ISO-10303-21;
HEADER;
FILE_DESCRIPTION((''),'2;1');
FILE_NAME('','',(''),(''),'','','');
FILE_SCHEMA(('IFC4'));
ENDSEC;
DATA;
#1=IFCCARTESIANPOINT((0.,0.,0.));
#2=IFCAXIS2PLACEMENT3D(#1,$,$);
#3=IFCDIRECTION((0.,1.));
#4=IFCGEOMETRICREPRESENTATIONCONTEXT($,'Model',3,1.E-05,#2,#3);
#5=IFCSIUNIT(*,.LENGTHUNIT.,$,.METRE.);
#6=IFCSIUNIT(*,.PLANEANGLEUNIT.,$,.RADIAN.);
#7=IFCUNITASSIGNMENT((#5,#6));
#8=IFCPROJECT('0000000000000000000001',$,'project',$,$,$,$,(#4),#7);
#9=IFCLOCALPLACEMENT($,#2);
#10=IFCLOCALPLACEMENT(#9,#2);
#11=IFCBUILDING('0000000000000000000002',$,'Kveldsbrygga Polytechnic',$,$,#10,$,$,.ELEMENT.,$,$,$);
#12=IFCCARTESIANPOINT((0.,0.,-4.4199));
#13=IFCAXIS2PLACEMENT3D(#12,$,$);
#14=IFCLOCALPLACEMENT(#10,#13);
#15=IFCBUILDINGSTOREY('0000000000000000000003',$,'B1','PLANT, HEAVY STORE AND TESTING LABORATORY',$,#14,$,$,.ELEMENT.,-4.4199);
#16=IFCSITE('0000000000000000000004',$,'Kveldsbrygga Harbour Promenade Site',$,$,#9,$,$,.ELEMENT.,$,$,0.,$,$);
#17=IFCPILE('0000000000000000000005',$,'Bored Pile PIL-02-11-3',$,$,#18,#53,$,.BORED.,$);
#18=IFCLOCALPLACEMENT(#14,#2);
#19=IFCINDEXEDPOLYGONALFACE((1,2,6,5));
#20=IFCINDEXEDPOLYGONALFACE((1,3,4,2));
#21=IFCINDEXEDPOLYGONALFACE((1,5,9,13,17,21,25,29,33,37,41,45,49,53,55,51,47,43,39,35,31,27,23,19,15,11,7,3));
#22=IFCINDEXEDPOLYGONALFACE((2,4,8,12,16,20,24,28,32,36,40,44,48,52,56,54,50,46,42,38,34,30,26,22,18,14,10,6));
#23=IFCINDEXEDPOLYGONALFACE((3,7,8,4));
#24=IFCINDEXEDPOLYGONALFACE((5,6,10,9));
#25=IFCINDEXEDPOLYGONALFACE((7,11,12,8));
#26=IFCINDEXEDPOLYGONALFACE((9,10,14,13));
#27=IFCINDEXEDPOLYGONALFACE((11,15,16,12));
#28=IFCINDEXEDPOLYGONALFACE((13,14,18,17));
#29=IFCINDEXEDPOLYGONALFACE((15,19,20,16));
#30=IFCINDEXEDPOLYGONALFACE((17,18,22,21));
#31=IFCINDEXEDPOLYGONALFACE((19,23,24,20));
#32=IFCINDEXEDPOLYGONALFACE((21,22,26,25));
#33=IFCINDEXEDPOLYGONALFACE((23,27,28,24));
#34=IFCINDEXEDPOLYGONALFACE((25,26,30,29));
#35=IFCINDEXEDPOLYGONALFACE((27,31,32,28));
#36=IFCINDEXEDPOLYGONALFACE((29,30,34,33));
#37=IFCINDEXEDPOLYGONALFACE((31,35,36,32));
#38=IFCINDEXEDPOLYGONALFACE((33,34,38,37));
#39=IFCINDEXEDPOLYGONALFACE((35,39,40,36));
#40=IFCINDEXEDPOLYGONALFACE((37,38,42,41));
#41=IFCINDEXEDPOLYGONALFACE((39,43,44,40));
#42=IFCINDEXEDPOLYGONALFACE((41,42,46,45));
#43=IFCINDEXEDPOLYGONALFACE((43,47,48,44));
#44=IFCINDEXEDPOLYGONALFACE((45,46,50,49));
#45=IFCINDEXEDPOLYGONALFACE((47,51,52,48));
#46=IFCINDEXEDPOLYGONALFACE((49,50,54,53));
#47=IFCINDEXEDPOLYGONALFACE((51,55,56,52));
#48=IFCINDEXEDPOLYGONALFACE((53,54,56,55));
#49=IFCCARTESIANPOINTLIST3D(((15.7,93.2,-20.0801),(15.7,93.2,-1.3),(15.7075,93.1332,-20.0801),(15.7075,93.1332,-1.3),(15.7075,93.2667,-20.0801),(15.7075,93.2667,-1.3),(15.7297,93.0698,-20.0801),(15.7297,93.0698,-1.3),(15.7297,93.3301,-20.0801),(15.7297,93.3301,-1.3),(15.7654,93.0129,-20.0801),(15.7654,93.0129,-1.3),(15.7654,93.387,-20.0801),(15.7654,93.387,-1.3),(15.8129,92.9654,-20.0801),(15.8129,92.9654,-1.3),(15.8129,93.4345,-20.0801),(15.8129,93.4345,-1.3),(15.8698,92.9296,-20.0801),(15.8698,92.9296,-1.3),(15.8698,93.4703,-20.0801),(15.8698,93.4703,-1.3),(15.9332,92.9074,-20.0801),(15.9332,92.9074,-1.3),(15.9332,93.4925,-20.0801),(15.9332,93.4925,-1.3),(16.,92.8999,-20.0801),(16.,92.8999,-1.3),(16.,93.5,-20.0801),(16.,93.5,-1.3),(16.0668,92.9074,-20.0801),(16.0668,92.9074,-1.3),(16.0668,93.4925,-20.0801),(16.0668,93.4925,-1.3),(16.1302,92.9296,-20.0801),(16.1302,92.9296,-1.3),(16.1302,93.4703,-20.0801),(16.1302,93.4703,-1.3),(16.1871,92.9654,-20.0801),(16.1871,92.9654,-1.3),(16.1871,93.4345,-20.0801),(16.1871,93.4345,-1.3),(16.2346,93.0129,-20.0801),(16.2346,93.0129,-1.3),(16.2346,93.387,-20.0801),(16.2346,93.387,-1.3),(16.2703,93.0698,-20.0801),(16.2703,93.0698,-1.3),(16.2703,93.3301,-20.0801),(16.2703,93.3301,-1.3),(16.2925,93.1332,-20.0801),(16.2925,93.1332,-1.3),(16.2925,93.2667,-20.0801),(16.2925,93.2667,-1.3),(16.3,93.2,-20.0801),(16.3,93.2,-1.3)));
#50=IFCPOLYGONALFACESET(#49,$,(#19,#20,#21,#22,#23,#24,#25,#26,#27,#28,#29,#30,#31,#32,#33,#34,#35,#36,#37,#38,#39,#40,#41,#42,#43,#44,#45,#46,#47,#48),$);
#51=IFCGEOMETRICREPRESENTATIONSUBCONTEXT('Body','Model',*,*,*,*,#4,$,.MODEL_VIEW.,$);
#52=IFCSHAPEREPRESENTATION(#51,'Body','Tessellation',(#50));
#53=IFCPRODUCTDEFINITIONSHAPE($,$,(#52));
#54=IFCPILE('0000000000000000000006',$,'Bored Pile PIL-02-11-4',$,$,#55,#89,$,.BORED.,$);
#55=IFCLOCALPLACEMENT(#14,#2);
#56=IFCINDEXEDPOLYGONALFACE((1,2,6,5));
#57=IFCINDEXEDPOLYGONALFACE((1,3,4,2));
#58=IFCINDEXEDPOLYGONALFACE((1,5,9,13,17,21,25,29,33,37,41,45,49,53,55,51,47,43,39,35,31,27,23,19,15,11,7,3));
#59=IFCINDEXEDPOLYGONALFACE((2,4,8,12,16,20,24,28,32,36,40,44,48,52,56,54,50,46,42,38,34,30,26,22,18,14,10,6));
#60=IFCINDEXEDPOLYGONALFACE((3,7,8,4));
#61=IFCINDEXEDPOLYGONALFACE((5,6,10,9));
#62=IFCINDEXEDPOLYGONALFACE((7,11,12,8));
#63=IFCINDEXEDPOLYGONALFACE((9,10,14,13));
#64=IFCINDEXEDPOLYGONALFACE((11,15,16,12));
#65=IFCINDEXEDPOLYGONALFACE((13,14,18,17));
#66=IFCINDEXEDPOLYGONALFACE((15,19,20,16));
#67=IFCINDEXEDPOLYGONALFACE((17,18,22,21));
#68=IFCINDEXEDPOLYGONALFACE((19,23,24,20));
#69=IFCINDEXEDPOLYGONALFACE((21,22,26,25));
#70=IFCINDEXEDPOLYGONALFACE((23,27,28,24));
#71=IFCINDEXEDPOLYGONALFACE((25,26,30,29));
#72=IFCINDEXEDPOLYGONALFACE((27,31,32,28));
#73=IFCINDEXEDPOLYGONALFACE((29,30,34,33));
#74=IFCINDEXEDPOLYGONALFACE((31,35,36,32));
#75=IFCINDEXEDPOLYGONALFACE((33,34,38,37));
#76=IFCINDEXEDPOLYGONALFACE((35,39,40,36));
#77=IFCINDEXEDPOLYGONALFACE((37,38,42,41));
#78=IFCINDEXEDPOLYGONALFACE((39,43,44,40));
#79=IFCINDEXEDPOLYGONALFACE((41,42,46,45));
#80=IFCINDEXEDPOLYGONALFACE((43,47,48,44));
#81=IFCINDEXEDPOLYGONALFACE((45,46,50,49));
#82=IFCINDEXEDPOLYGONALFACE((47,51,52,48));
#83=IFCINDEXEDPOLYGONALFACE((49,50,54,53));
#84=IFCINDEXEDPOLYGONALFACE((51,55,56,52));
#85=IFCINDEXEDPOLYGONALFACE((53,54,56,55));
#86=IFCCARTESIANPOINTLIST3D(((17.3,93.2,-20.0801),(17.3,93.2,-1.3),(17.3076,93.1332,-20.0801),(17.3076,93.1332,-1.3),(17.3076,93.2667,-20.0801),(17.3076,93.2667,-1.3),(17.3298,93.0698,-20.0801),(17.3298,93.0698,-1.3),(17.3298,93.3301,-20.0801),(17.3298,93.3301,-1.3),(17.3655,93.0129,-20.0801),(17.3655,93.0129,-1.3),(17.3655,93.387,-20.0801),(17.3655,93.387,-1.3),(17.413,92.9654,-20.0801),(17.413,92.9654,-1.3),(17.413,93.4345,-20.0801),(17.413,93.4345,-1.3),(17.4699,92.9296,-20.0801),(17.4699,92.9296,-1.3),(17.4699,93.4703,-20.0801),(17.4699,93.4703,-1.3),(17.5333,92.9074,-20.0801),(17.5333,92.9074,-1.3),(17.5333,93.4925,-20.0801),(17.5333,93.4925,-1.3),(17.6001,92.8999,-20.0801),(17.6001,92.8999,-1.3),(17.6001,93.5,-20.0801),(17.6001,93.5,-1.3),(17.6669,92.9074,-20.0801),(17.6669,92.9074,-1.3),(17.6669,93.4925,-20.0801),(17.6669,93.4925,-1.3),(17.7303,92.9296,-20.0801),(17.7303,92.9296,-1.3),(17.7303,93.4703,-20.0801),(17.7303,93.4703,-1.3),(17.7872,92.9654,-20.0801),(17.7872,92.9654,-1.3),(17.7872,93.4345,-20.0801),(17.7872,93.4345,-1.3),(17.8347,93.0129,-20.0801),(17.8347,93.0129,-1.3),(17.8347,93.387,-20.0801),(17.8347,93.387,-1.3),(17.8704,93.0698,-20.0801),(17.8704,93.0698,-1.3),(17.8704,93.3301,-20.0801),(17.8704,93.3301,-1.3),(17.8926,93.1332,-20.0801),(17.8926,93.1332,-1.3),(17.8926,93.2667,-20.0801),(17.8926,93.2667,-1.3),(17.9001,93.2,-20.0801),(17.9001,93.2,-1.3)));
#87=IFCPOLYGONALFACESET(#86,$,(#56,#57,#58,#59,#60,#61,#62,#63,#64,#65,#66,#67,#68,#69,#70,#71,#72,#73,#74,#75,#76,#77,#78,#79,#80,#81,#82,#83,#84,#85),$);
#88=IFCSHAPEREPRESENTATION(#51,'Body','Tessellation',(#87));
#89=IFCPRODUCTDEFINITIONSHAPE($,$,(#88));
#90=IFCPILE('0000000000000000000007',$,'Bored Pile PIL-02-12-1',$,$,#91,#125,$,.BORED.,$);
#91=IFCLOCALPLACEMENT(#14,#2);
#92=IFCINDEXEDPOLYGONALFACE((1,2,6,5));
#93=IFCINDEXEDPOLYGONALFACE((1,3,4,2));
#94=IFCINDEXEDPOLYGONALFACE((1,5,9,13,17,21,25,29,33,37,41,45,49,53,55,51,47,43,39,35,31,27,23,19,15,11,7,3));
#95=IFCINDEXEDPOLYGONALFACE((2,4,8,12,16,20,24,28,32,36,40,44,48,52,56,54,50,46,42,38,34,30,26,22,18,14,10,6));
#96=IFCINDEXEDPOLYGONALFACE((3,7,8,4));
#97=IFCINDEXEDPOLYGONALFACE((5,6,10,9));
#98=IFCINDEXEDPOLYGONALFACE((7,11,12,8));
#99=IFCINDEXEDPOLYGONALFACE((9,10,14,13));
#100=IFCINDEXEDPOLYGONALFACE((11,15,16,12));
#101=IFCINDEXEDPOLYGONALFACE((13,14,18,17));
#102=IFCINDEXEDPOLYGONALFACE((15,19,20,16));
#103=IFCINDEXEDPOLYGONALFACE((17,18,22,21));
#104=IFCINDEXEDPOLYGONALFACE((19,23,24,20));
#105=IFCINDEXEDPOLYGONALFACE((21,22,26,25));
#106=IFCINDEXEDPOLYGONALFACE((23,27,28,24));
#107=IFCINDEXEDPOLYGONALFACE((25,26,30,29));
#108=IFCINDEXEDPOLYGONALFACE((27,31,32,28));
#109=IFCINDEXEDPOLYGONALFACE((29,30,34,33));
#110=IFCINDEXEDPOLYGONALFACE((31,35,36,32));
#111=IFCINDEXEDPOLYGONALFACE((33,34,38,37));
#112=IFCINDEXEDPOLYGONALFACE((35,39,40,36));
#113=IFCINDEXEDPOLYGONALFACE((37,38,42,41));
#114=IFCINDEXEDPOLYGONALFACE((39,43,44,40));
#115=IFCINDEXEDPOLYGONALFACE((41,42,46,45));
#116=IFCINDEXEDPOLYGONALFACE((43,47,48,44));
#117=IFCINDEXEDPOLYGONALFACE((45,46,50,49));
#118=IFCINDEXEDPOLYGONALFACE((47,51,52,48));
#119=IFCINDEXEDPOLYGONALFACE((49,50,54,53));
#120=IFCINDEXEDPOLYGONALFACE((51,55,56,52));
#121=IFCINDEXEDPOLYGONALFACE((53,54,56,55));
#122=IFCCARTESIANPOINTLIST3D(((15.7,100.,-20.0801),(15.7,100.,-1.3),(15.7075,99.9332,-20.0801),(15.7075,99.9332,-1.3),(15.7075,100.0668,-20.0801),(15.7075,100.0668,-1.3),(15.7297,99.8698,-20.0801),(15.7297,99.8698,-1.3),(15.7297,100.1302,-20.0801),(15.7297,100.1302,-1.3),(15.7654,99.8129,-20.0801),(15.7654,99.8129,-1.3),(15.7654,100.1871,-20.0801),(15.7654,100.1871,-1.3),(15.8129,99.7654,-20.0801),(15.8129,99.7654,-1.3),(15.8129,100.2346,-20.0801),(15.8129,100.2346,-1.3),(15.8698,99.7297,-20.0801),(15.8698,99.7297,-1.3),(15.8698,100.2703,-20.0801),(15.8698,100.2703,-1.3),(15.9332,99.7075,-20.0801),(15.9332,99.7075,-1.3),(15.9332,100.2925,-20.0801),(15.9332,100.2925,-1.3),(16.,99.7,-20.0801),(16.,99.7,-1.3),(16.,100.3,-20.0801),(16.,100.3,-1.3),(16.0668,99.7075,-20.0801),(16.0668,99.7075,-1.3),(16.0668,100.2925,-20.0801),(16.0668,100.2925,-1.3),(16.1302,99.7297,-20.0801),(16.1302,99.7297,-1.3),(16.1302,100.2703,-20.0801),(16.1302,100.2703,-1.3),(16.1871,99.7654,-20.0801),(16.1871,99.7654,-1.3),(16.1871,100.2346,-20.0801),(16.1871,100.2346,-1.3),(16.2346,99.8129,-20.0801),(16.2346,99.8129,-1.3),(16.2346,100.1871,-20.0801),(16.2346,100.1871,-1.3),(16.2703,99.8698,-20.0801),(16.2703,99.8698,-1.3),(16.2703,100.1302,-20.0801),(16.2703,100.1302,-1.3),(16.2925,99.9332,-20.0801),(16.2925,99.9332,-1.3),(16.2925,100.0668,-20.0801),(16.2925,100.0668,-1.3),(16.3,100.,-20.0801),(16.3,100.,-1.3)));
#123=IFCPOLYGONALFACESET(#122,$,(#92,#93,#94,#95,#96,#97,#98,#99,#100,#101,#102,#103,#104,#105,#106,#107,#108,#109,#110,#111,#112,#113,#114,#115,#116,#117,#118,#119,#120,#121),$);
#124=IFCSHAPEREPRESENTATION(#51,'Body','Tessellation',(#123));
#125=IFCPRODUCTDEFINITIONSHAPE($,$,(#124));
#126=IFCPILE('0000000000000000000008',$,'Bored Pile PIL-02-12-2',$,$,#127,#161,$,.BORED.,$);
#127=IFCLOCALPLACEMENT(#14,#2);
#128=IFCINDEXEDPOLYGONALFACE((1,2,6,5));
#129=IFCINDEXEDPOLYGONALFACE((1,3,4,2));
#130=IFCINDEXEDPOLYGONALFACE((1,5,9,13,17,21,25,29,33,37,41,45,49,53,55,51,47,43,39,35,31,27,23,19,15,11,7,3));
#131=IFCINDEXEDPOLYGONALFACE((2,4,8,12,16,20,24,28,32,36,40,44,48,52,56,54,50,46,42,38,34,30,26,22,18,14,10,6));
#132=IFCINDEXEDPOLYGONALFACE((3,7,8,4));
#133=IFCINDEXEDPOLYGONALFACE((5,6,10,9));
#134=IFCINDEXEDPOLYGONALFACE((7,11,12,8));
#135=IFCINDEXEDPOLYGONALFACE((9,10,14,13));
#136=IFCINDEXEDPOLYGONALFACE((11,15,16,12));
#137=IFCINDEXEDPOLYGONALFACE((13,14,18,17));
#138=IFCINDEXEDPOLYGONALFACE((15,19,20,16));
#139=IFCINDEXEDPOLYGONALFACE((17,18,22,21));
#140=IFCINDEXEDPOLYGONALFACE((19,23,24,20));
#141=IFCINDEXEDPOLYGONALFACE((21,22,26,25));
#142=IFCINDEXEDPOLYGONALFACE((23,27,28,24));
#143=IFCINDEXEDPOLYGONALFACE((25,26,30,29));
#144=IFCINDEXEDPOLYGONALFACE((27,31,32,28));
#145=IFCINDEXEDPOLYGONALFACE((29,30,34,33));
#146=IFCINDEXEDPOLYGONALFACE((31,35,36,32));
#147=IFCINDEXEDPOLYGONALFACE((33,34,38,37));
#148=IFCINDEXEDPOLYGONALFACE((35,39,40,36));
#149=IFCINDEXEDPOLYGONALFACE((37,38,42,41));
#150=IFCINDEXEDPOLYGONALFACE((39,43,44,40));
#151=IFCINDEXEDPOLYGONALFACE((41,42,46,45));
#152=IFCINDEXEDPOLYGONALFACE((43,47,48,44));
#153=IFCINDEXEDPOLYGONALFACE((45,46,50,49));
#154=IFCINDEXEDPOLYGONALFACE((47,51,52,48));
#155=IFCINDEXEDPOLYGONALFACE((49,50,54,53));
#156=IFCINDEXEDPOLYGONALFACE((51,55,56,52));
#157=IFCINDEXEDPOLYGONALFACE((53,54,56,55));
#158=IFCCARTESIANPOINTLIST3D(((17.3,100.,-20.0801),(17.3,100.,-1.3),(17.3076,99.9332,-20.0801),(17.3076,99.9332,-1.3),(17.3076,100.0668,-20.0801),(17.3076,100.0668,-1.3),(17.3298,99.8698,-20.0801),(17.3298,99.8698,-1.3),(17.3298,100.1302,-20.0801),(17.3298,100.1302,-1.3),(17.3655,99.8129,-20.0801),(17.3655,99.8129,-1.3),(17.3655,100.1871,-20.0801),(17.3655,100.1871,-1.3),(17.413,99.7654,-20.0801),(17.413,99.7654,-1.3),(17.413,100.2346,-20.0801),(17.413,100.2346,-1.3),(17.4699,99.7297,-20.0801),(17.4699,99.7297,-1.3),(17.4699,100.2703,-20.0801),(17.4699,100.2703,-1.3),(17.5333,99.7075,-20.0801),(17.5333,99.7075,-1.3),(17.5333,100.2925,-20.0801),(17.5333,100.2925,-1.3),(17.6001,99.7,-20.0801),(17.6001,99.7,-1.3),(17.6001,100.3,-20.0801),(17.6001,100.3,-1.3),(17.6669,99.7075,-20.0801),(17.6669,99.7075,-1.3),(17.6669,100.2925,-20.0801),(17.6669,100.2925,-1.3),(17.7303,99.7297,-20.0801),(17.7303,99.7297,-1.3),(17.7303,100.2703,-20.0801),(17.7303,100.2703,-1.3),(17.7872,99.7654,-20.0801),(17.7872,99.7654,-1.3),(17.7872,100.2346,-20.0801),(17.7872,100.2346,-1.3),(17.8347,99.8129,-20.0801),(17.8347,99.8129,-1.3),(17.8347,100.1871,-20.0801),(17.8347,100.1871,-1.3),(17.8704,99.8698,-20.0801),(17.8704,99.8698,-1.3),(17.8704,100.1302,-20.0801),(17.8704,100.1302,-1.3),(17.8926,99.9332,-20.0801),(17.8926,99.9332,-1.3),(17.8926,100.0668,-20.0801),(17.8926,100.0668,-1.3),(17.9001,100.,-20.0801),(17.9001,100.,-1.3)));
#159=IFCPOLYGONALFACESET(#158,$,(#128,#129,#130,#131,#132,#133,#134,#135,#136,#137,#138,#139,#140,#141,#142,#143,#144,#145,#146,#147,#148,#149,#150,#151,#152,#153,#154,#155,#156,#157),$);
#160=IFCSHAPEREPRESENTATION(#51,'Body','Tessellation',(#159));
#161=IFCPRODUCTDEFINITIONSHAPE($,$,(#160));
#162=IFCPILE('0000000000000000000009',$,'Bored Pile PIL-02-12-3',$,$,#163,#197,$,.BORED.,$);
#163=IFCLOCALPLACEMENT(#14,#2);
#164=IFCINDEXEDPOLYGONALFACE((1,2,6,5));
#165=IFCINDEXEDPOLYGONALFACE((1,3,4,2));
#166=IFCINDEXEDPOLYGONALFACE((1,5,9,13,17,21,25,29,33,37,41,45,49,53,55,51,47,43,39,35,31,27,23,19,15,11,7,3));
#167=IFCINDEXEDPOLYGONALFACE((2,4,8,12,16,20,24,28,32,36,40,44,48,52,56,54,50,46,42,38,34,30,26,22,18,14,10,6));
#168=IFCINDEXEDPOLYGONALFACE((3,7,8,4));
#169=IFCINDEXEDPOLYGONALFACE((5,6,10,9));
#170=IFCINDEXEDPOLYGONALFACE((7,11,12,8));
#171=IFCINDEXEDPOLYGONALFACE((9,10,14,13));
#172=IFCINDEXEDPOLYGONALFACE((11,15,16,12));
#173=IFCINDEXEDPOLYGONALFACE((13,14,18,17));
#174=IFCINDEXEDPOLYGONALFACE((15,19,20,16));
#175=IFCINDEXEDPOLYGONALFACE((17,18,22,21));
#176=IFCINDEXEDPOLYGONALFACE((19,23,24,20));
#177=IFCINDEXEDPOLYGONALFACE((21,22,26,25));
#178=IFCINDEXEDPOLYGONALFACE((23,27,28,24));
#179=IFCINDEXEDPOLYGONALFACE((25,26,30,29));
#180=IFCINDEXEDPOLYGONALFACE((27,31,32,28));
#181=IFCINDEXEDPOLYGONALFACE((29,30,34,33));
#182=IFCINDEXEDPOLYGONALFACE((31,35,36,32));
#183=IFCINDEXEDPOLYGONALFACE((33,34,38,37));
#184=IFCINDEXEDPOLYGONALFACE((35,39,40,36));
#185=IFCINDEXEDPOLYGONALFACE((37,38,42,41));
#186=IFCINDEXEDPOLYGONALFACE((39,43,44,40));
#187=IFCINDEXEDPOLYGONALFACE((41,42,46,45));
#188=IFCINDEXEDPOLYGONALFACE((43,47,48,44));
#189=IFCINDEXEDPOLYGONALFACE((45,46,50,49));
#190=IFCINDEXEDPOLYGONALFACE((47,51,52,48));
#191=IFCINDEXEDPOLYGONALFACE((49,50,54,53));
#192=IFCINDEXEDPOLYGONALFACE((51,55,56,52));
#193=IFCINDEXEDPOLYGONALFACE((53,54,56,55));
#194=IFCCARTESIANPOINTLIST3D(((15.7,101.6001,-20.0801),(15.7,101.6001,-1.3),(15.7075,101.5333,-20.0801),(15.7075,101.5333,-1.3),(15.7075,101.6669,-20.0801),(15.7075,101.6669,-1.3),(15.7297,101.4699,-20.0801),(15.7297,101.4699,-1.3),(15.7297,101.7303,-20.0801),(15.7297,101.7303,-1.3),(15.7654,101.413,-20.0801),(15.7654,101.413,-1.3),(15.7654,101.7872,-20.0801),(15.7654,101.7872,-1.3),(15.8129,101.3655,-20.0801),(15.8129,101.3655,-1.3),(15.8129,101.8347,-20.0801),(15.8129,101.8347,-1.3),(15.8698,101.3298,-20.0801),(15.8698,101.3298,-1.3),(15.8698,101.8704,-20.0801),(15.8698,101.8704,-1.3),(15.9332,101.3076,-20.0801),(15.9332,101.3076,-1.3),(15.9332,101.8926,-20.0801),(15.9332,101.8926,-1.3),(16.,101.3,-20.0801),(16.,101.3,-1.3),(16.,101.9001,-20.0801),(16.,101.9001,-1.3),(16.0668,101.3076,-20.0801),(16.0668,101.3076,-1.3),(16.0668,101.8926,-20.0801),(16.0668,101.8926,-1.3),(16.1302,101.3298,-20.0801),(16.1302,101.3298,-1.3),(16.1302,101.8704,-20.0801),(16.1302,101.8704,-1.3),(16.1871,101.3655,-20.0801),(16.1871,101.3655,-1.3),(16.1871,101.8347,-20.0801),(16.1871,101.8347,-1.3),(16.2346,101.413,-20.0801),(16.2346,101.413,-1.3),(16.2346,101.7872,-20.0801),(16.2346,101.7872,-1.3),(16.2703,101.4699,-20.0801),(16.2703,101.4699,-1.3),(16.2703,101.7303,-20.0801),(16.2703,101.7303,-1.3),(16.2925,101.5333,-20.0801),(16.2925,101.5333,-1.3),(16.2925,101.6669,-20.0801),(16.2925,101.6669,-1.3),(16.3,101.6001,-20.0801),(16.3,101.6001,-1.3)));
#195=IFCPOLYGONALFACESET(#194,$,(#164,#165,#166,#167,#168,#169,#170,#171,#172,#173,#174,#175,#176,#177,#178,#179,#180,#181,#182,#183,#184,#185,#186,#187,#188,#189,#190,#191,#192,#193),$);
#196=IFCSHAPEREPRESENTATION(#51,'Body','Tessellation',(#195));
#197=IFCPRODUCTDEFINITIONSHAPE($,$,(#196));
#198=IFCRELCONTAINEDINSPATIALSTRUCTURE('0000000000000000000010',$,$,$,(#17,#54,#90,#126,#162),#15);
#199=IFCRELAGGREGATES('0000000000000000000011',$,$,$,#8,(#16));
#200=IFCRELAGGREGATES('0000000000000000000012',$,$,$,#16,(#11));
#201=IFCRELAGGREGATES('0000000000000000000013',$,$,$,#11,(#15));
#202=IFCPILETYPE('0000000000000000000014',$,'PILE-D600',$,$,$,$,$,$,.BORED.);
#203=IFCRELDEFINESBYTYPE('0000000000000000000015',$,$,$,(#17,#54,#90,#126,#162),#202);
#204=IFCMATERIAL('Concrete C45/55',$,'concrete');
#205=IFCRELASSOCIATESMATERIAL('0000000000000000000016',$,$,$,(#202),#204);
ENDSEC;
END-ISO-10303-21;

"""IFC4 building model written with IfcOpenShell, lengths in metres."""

from ifc_helpers import new_model, si_unit, direction, frame, origin, origin_2d, place, context, subcontext, project, spatial, circle, extrude, material, material_profile, profile_set, type_object, element, save


model = new_model("IFC4")

# Units and contexts
model_context = context("Model", 3, precision=1e-05, world=origin(), true_north=direction((0.0, 1.0)))
body_context = subcontext(model_context, "Body", "Model", "MODEL_VIEW")
ifc_project = project(units=[si_unit("LENGTHUNIT", "METRE"), si_unit("PLANEANGLEUNIT", "RADIAN")], contexts=[model_context])

# Site, building, storey
site_placement = place(None, origin())
site = spatial("IfcSite", under=ifc_project, at=site_placement, Name="Kveldsbrygga Harbour Promenade Site", CompositionType="ELEMENT", RefElevation=0.0)
building_placement = place(site_placement, origin())
building = spatial("IfcBuilding", under=site, at=building_placement, Name="Kveldsbrygga Polytechnic", CompositionType="ELEMENT")
storey_placement = place(building_placement, frame((0.0, 0.0, -4.4199)))
storey = spatial("IfcBuildingStorey", under=building, at=storey_placement, Name="B1", Description="PLANT, HEAVY STORE AND TESTING LABORATORY", CompositionType="ELEMENT", Elevation=-4.4199)

# Shared definitions
ifc_material_1 = material(Name="Concrete C45/55", Category="concrete")

# Piles
ifc_material_profile_1 = material_profile(ifc_material_1, circle(Radius=0.3, at=origin_2d()), Name="PILE D600")
ifc_profile_set_1 = profile_set([ifc_material_profile_1], Name="Concrete C45/55")
pile_type = type_object("IfcPileType", Name="PILE-D600", PredefinedType="BORED", material=ifc_profile_set_1)
for number, where, z_axis, x_axis, name in (
    (1, (16.0, 93.2, -1.3), (0.0, 0.0, -1.0), (1.0, 0.0, 0.0), "Bored Pile PIL-02-11-3"),
    (2, (17.6001, 93.2, -1.3), (0.0, 0.0, -1.0), (1.0, 0.0, 0.0), "Bored Pile PIL-02-11-4"),
    (3, (16.0, 100.0, -1.3), (0.0, 0.0, -1.0), (1.0, 0.0, 0.0), "Bored Pile PIL-02-12-1"),
    (4, (17.6001, 100.0, -1.3), (0.0, 0.0, -1.0), (1.0, 0.0, 0.0), "Bored Pile PIL-02-12-2"),
    (5, (16.0, 101.6001, -1.3), (0.0, 0.0, -1.0), (1.0, 0.0, 0.0), "Bored Pile PIL-02-12-3"),
):
    element("IfcPile", number, at=place(storey_placement, frame(where, z_axis=z_axis, x_axis=x_axis)), inside=storey, type_object=pile_type, Name=name, PredefinedType="BORED", context=body_context, shape_type="SweptSolid", body=[
        extrude(circle(Radius=0.3, at=origin_2d()), origin(), (0.0, 0.0, 1.0), 18.78),
    ])

save(model, "model.ifc")
